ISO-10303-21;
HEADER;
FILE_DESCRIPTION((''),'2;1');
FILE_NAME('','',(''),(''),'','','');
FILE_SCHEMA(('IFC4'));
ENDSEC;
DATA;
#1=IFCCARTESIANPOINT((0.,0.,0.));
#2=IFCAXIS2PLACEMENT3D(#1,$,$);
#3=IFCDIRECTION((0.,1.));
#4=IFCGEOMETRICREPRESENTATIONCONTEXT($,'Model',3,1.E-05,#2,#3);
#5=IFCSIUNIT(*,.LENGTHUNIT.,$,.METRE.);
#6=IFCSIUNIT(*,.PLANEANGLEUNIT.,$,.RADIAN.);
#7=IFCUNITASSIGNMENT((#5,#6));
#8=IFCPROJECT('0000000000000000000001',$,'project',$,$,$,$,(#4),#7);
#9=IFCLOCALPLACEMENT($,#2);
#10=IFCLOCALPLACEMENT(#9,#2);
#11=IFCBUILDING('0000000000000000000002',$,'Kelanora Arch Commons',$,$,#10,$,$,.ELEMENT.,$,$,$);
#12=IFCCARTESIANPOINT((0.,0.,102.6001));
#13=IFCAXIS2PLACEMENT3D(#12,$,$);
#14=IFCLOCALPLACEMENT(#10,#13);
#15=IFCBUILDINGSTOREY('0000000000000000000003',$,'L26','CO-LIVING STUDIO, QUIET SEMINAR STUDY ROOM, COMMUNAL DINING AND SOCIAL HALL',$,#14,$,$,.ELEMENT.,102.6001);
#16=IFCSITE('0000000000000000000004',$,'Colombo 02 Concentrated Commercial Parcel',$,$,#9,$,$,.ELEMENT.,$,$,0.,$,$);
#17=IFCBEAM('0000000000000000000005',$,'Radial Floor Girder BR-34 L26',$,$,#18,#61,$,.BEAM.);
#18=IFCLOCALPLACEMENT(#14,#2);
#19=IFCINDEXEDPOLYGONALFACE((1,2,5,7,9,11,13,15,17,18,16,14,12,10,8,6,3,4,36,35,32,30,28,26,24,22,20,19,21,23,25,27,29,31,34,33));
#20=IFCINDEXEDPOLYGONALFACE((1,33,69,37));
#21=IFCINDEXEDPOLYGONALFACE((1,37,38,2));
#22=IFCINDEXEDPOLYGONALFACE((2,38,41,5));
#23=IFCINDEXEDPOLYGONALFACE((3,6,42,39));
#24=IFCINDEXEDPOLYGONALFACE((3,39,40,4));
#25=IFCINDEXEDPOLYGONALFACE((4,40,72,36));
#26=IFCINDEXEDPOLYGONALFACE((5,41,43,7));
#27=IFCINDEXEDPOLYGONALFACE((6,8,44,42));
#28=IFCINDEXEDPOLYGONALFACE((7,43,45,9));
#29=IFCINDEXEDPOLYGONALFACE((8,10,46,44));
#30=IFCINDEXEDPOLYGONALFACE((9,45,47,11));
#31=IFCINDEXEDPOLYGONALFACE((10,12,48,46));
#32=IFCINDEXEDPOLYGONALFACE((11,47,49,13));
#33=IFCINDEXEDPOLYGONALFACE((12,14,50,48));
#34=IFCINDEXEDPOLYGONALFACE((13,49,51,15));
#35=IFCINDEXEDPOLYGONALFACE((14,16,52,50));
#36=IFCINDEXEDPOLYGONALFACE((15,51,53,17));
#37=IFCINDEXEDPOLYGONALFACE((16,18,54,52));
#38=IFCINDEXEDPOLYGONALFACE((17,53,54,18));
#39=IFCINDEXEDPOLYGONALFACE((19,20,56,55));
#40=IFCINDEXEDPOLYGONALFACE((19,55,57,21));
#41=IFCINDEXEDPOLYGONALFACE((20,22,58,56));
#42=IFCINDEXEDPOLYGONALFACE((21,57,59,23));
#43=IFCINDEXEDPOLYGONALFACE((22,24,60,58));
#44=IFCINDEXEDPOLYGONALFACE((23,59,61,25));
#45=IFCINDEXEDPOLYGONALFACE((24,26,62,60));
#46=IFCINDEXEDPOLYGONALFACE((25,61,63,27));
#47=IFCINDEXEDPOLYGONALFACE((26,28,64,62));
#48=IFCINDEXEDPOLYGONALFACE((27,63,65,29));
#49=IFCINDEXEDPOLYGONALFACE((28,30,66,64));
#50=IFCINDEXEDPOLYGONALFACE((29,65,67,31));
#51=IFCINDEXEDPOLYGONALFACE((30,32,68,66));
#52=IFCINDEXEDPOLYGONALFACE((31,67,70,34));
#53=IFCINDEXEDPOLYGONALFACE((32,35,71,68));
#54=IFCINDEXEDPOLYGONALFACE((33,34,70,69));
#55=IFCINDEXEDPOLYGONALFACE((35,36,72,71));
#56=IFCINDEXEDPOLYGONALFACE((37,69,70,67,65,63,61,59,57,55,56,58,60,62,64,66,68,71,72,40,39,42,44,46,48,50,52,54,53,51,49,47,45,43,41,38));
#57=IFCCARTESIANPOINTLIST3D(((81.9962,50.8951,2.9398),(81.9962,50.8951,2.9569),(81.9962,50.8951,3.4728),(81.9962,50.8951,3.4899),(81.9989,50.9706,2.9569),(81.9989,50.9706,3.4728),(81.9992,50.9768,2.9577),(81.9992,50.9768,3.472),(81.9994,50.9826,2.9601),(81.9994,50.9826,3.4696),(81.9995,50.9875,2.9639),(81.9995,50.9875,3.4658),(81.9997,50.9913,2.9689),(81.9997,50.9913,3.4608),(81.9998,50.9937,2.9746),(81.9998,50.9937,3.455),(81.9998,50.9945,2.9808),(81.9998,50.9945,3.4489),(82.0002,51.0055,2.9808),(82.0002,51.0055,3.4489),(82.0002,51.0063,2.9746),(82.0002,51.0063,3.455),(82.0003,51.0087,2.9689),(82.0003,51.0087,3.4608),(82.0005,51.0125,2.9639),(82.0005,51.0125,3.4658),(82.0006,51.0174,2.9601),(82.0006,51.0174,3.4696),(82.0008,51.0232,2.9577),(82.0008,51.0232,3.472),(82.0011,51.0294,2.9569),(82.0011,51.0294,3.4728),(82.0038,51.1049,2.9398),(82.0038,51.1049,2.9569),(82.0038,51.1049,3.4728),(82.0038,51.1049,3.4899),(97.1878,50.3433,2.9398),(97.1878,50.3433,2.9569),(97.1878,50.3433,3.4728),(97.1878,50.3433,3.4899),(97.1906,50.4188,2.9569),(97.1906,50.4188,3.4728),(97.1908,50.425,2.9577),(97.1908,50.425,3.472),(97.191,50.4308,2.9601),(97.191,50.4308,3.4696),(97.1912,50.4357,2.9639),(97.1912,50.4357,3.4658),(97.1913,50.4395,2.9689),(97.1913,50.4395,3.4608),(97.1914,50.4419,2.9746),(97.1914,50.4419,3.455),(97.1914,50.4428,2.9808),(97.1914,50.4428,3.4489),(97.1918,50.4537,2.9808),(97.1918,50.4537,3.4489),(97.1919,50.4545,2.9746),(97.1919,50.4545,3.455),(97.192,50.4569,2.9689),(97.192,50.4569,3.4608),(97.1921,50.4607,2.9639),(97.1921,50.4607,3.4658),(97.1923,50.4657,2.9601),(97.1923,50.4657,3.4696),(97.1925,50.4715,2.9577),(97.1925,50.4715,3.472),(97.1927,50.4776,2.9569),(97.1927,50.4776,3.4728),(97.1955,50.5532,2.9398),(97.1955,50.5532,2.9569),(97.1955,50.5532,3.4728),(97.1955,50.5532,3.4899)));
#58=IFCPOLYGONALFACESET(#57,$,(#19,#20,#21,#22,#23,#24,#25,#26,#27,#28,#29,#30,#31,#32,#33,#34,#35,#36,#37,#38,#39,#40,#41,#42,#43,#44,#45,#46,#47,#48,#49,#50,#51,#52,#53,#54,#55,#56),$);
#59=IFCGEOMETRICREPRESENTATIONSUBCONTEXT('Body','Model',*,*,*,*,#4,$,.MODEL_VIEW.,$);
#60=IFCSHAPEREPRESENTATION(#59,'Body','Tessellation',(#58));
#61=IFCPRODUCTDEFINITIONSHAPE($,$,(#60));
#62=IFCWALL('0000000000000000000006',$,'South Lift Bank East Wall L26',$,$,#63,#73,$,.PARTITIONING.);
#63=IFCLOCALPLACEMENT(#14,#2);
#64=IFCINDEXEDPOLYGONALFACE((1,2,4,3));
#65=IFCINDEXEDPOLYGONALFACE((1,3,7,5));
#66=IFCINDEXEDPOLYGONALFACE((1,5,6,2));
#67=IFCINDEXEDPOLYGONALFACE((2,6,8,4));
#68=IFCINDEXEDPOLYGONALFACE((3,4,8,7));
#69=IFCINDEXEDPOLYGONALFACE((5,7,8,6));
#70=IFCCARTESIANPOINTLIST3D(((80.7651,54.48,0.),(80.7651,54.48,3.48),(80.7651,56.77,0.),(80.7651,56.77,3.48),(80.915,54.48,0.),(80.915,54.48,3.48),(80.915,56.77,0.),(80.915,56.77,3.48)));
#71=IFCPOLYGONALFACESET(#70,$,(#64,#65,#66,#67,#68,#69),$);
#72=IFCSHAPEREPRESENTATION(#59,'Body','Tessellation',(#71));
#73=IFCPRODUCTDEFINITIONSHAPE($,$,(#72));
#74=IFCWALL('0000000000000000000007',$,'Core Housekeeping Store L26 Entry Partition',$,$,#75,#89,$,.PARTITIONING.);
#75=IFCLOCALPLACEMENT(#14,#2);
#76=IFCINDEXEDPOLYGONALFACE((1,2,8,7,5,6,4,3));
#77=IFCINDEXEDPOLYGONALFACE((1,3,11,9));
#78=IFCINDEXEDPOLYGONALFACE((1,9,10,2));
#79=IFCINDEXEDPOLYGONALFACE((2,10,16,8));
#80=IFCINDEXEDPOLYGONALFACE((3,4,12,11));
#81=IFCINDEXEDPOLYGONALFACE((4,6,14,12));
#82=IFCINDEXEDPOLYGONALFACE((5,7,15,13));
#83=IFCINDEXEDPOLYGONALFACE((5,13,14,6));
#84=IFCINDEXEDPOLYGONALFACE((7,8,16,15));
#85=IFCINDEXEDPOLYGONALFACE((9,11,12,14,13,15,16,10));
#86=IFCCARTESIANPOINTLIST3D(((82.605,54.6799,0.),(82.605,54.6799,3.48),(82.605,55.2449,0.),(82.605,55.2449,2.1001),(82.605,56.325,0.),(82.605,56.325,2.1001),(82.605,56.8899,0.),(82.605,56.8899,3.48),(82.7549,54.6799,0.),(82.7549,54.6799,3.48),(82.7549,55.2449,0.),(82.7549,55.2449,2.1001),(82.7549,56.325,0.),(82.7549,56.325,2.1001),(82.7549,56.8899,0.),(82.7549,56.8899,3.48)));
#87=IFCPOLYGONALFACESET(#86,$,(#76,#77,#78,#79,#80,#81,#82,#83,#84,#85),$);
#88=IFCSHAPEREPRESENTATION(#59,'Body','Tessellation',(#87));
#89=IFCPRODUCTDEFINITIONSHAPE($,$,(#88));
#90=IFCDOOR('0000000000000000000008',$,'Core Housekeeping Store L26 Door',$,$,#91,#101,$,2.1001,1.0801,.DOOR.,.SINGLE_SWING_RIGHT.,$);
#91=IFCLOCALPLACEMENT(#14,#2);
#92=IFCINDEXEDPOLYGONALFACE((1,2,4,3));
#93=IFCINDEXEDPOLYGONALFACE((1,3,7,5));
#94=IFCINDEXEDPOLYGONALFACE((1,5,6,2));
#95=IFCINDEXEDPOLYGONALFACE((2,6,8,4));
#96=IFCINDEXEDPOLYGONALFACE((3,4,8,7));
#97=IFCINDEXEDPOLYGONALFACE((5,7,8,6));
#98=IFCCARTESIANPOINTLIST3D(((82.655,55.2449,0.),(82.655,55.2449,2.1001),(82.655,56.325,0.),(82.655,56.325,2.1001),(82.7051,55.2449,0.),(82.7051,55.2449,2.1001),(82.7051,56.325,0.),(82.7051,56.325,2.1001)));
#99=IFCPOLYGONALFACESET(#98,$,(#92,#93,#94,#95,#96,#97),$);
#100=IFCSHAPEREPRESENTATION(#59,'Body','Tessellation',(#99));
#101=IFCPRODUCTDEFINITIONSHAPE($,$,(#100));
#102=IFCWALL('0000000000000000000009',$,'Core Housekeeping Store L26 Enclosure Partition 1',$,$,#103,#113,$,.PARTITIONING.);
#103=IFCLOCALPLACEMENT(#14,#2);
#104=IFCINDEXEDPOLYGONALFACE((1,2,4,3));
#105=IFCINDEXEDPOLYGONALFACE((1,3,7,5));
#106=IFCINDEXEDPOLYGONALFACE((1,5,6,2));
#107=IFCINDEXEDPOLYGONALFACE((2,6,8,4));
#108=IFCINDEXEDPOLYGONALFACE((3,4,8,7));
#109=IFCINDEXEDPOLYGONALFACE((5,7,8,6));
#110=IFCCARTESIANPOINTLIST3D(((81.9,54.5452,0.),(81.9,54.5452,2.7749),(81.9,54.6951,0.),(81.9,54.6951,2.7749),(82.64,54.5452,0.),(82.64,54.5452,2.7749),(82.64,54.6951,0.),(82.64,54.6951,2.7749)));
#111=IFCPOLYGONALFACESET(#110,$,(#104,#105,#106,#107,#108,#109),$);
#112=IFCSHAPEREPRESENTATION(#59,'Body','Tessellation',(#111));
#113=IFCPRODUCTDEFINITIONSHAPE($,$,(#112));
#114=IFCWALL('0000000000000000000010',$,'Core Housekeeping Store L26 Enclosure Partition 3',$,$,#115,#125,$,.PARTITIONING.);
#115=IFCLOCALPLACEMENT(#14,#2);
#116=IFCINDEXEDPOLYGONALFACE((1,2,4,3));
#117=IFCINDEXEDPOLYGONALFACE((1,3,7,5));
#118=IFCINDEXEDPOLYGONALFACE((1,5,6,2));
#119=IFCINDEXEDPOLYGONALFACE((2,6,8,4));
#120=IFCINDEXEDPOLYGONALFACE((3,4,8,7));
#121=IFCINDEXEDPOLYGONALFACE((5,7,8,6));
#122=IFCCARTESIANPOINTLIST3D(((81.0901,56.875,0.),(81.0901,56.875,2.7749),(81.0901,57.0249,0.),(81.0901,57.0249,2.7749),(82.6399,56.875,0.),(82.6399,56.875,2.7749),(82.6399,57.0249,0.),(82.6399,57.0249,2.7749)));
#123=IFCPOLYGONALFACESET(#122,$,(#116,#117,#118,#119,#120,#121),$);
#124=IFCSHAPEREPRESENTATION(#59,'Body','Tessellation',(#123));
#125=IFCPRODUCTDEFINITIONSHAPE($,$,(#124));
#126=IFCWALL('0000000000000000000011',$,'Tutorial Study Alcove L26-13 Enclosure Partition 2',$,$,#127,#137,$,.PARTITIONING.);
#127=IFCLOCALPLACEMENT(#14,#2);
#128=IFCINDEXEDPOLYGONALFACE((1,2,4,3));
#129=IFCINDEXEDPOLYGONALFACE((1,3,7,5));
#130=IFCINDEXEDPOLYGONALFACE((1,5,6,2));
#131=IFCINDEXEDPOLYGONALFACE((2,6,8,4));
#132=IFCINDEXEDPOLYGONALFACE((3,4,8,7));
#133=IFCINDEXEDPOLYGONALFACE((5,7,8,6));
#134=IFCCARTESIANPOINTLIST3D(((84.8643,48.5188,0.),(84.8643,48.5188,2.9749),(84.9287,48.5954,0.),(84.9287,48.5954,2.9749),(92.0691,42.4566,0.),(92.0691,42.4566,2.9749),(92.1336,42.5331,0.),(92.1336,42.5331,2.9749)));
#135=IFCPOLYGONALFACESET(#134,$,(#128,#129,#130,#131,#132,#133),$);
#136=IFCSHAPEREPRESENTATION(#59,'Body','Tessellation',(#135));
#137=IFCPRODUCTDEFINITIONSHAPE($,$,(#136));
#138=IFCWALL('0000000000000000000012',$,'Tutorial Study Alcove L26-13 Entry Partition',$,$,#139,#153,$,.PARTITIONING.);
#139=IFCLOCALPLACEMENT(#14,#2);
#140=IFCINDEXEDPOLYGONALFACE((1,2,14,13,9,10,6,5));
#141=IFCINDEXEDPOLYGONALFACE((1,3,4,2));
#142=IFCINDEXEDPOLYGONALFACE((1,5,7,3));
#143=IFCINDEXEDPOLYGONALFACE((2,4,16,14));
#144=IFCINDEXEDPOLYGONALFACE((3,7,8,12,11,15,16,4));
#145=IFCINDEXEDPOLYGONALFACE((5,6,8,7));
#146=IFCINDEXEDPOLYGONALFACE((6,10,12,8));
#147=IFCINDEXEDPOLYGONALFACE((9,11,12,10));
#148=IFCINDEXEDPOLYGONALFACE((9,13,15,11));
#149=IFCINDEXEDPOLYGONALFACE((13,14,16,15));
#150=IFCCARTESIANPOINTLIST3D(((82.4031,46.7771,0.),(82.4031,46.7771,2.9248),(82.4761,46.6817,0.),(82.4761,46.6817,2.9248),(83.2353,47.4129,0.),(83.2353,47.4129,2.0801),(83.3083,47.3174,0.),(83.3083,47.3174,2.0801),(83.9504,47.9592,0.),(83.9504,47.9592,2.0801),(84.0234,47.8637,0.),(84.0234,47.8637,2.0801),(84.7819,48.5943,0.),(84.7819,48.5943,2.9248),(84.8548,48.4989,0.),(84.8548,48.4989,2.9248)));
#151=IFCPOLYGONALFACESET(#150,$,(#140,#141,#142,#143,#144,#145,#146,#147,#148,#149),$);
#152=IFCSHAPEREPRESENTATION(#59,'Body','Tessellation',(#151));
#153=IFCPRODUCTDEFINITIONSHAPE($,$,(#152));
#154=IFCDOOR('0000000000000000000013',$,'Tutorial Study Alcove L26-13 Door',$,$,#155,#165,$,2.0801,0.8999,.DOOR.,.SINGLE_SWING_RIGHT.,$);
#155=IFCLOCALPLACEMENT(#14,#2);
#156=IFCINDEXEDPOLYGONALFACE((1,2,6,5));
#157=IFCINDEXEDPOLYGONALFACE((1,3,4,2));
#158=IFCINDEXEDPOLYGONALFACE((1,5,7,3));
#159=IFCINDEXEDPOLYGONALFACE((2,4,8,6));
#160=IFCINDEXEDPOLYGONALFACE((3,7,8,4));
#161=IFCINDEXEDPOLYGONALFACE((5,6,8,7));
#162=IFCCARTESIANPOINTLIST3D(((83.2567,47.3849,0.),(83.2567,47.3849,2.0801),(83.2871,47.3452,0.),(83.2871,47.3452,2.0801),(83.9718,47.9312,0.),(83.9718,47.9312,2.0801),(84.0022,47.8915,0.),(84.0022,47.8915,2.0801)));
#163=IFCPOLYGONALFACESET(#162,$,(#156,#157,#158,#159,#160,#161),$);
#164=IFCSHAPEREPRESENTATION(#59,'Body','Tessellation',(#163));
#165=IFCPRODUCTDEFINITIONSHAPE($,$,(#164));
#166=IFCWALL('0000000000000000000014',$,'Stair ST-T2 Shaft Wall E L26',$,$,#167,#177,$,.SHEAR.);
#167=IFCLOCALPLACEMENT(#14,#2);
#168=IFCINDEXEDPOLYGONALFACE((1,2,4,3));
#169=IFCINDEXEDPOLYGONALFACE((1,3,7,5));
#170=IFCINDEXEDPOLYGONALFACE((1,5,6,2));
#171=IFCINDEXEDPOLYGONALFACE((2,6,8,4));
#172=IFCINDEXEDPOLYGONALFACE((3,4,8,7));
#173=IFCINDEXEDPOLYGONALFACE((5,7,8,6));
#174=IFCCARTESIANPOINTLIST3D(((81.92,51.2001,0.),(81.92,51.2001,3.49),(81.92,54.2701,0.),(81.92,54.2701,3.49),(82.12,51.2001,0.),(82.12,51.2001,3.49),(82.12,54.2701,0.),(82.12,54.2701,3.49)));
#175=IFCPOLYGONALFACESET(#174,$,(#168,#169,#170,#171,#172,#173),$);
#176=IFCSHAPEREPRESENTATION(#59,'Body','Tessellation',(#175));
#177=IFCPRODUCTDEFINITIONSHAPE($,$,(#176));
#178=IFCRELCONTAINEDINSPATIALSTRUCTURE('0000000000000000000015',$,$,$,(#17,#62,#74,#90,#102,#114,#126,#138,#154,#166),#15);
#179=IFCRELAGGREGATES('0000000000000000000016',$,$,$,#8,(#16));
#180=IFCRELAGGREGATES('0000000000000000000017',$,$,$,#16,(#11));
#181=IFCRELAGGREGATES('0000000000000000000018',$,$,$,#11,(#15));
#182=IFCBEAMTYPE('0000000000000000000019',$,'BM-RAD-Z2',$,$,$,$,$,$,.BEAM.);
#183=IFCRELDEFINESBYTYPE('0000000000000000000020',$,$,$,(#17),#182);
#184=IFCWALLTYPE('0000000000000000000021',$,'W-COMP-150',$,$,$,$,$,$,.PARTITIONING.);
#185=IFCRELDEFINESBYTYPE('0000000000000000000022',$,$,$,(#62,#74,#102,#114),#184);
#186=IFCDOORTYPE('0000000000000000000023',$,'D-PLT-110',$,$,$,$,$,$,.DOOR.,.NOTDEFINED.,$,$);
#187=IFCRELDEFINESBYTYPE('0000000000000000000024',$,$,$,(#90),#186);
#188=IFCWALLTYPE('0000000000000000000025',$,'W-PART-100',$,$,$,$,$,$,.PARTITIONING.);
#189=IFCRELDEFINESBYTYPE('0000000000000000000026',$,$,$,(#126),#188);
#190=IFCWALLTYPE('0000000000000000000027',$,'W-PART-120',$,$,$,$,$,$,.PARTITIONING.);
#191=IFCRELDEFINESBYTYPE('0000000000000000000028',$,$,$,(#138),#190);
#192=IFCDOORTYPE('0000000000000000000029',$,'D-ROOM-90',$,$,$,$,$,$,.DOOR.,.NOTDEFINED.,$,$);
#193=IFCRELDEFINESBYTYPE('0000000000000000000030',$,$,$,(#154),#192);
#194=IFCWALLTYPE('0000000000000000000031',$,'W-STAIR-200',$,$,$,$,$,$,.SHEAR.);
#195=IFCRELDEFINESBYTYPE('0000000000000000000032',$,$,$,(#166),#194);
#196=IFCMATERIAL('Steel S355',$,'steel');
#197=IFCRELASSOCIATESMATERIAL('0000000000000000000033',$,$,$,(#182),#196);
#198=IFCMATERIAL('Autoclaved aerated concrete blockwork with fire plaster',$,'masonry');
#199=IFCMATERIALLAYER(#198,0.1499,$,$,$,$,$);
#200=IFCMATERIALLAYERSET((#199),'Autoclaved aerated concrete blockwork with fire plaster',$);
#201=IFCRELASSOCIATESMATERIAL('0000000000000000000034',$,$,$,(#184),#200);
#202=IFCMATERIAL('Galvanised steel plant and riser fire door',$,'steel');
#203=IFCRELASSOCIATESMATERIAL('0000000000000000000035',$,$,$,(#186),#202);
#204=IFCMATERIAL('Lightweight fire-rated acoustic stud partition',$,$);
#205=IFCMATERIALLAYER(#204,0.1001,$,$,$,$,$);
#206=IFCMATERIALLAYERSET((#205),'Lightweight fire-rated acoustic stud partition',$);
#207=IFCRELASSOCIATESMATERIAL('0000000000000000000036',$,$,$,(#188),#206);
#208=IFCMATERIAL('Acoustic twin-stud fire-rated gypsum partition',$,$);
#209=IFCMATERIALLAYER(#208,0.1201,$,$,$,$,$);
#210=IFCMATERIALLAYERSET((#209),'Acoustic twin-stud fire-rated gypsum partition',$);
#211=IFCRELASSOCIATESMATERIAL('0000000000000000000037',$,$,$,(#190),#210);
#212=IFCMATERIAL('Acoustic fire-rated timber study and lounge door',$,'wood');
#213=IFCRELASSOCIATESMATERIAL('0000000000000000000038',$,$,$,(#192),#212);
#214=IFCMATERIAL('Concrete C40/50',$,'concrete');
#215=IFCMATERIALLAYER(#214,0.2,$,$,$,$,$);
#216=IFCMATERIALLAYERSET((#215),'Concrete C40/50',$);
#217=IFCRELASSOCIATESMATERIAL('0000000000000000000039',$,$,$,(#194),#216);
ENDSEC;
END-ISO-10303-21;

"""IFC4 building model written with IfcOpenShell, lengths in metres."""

from ifc_helpers import new_model, si_unit, direction, frame, frame_2d, origin, origin_2d, place, context, subcontext, project, spatial, rectangle, i_section, extrude, material, layer, layer_set, material_profile, profile_set, type_object, element, fill, save


model = new_model("IFC4")

# Units and contexts
model_context = context("Model", 3, precision=1e-05, world=origin(), true_north=direction((0.0, 1.0)))
body_context = subcontext(model_context, "Body", "Model", "MODEL_VIEW")
ifc_project = project(units=[si_unit("LENGTHUNIT", "METRE"), si_unit("PLANEANGLEUNIT", "RADIAN")], contexts=[model_context])

# Site, building, storey
site_placement = place(None, origin())
site = spatial("IfcSite", under=ifc_project, at=site_placement, Name="Colombo 02 Concentrated Commercial Parcel", CompositionType="ELEMENT", RefElevation=0.0)
building_placement = place(site_placement, origin())
building = spatial("IfcBuilding", under=site, at=building_placement, Name="Kelanora Arch Commons", CompositionType="ELEMENT")
storey_placement = place(building_placement, frame((0.0, 0.0, 102.6001)))
storey = spatial("IfcBuildingStorey", under=building, at=storey_placement, Name="L26", Description="CO-LIVING STUDIO, QUIET SEMINAR STUDY ROOM, COMMUNAL DINING AND SOCIAL HALL", CompositionType="ELEMENT", Elevation=102.6001)

# Beam
ifc_material_1 = material(Name="Steel S355", Category="steel")
ifc_material_profile_1 = material_profile(ifc_material_1, i_section(OverallWidth=0.21, OverallDepth=0.55, WebThickness=0.011, FlangeThickness=0.0171, FilletRadius=0.0239, at=origin_2d()), Name="IPE550")
ifc_profile_set_1 = profile_set([ifc_material_profile_1], Name="Steel S355")
beam_type_1 = type_object("IfcBeamType", Name="BM-RAD-Z2", PredefinedType="BEAM", material=ifc_profile_set_1)
beam_1_placement = place(storey_placement, frame((82.0, 51.0, 3.2148), z_axis=(0.999341, -0.036296, 0.0), x_axis=(0.036296, 0.999341, 0.0)))
element("IfcBeam", 1, at=beam_1_placement, inside=storey, type_object=beam_type_1, Name="Radial Floor Girder BR-34 L26", PredefinedType="BEAM", context=body_context, shape_type="SweptSolid", body=[
    extrude(i_section(OverallWidth=0.21, OverallDepth=0.55, WebThickness=0.011, FlangeThickness=0.0171, FilletRadius=0.0239, at=origin_2d()), origin(), (0.0, 0.0, 1.0), 15.2017),
])

# Wall
ifc_material_2 = material(Name="Autoclaved aerated concrete blockwork with fire plaster", Category="masonry")
ifc_layer_1 = layer(ifc_material_2, 0.1499)
ifc_layer_set_1 = layer_set([ifc_layer_1], Name="Autoclaved aerated concrete blockwork with fire plaster")
wall_type_1 = type_object("IfcWallType", Name="W-COMP-150", PredefinedType="PARTITIONING", material=ifc_layer_set_1)
wall_1_placement = place(storey_placement, frame((80.8401, 54.48, 0.0), z_axis=(0.0, 0.0, 1.0), x_axis=(0.0, 1.0, 0.0)))
element("IfcWall", 2, at=wall_1_placement, inside=storey, type_object=wall_type_1, Name="South Lift Bank East Wall L26", PredefinedType="PARTITIONING", context=body_context, shape_type="SweptSolid", body=[
    extrude(rectangle(XDim=2.29, YDim=0.1499, at=frame_2d((1.145, 0.0))), origin(), (0.0, 0.0, 1.0), 3.48),
])

# Wall, opening, door
wall_2_placement = place(storey_placement, frame((82.6799, 54.6799, 0.0), z_axis=(0.0, 0.0, 1.0), x_axis=(0.0, 1.0, 0.0)))
wall_2 = element("IfcWall", 3, at=wall_2_placement, inside=storey, type_object=wall_type_1, Name="Core Housekeeping Store L26 Entry Partition", PredefinedType="PARTITIONING", context=body_context, shape_type="SweptSolid", body=[
    extrude(rectangle(XDim=2.21, YDim=0.1499, at=frame_2d((1.105, 0.0))), origin(), (0.0, 0.0, 1.0), 3.48),
])
opening_1_placement = place(wall_2_placement, frame((0.5649, 0.0, 0.0)))
opening_1 = element("IfcOpeningElement", 4, at=opening_1_placement, cuts=wall_2, PredefinedType="OPENING", context=body_context, shape_type="SweptSolid", body=[
    extrude(rectangle(XDim=1.0801, YDim=2.1001, at=frame_2d((0.54, 1.05))), frame((0.0, 0.085, 0.0), z_axis=(0.0, -1.0, 0.0), x_axis=(1.0, 0.0, 0.0)), (0.0, 0.0, 1.0), 0.1699),
])
ifc_material_3 = material(Name="Galvanised steel plant and riser fire door", Category="steel")
door_type_1 = type_object("IfcDoorType", Name="D-PLT-110", OperationType="NOTDEFINED", PredefinedType="DOOR", material=ifc_material_3)
door_1_placement = place(opening_1_placement, origin())
door_1 = element("IfcDoor", 5, at=door_1_placement, inside=storey, type_object=door_type_1, Name="Core Housekeeping Store L26 Door", OperationType="SINGLE_SWING_RIGHT", OverallHeight=2.1001, OverallWidth=1.0801, PredefinedType="DOOR", context=body_context, shape_type="SweptSolid", body=[
    extrude(rectangle(XDim=1.0801, YDim=2.1001, at=frame_2d((0.54, 1.05))), frame((0.0, 0.0249, 0.0), z_axis=(0.0, -1.0, 0.0), x_axis=(1.0, 0.0, 0.0)), (0.0, 0.0, 1.0), 0.05),
])
fill(opening_1, door_1)

# Walls
wall_3_placement = place(storey_placement, frame((81.8999, 54.6201, 0.0), z_axis=(0.0, 0.0, 1.0), x_axis=(1.0, 0.0, 0.0)))
element("IfcWall", 6, at=wall_3_placement, inside=storey, type_object=wall_type_1, Name="Core Housekeeping Store L26 Enclosure Partition 1", PredefinedType="PARTITIONING", context=body_context, shape_type="SweptSolid", body=[
    extrude(rectangle(XDim=0.74, YDim=0.1499, at=frame_2d((0.3701, 0.0))), origin(), (0.0, 0.0, 1.0), 2.7749),
])
wall_4_placement = place(storey_placement, frame((82.6399, 56.95, 0.0), z_axis=(0.0, 0.0, 1.0), x_axis=(-1.0, 0.0, 0.0)))
element("IfcWall", 7, at=wall_4_placement, inside=storey, type_object=wall_type_1, Name="Core Housekeeping Store L26 Enclosure Partition 3", PredefinedType="PARTITIONING", context=body_context, shape_type="SweptSolid", body=[
    extrude(rectangle(XDim=1.5498, YDim=0.1499, at=frame_2d((0.7749, 0.0))), origin(), (0.0, 0.0, 1.0), 2.7749),
])
ifc_material_4 = material(Name="Lightweight fire-rated acoustic stud partition")
ifc_layer_2 = layer(ifc_material_4, 0.1001)
ifc_layer_set_2 = layer_set([ifc_layer_2], Name="Lightweight fire-rated acoustic stud partition")
wall_type_2 = type_object("IfcWallType", Name="W-PART-100", PredefinedType="PARTITIONING", material=ifc_layer_set_2)
wall_5_placement = place(storey_placement, frame((84.8965, 48.5571, 0.0), z_axis=(0.0, 0.0, 1.0), x_axis=(0.765171, -0.643827, 0.0)))
element("IfcWall", 8, at=wall_5_placement, inside=storey, type_object=wall_type_2, Name="Tutorial Study Alcove L26-13 Enclosure Partition 2", PredefinedType="PARTITIONING", context=body_context, shape_type="SweptSolid", body=[
    extrude(rectangle(XDim=9.416, YDim=0.1001, at=frame_2d((4.708, 0.0))), origin(), (0.0, 0.0, 1.0), 2.9749),
])

# Wall, opening, door
ifc_material_5 = material(Name="Acoustic twin-stud fire-rated gypsum partition")
ifc_layer_3 = layer(ifc_material_5, 0.1201)
ifc_layer_set_3 = layer_set([ifc_layer_3], Name="Acoustic twin-stud fire-rated gypsum partition")
wall_type_3 = type_object("IfcWallType", Name="W-PART-120", PredefinedType="PARTITIONING", material=ifc_layer_set_3)
wall_6_placement = place(storey_placement, frame((82.4397, 46.7295, 0.0), z_axis=(0.0, 0.0, 1.0), x_axis=(0.794654, 0.607063, 0.0)))
wall_6 = element("IfcWall", 9, at=wall_6_placement, inside=storey, type_object=wall_type_3, Name="Tutorial Study Alcove L26-13 Entry Partition", PredefinedType="PARTITIONING", context=body_context, shape_type="SweptSolid", body=[
    extrude(rectangle(XDim=2.9934, YDim=0.1201, at=frame_2d((1.4966, 0.0))), origin(), (0.0, 0.0, 1.0), 2.9248),
])
opening_2_placement = place(wall_6_placement, frame((1.0471, 0.0, 0.0)))
opening_2 = element("IfcOpeningElement", 10, at=opening_2_placement, cuts=wall_6, PredefinedType="OPENING", context=body_context, shape_type="SweptSolid", body=[
    extrude(rectangle(XDim=0.8999, YDim=2.0801, at=frame_2d((0.45, 1.04))), frame((0.0, 0.0701, 0.0), z_axis=(0.0, -1.0, 0.0), x_axis=(1.0, 0.0, 0.0)), (0.0, 0.0, 1.0), 0.1401),
])
ifc_material_6 = material(Name="Acoustic fire-rated timber study and lounge door", Category="wood")
door_type_2 = type_object("IfcDoorType", Name="D-ROOM-90", OperationType="NOTDEFINED", PredefinedType="DOOR", material=ifc_material_6)
door_2_placement = place(opening_2_placement, origin())
door_2 = element("IfcDoor", 11, at=door_2_placement, inside=storey, type_object=door_type_2, Name="Tutorial Study Alcove L26-13 Door", OperationType="SINGLE_SWING_RIGHT", OverallHeight=2.0801, OverallWidth=0.8999, PredefinedType="DOOR", context=body_context, shape_type="SweptSolid", body=[
    extrude(rectangle(XDim=0.8999, YDim=2.0801, at=frame_2d((0.45, 1.04))), frame((0.0, 0.0249, 0.0), z_axis=(0.0, -1.0, 0.0), x_axis=(1.0, 0.0, 0.0)), (0.0, 0.0, 1.0), 0.05),
])
fill(opening_2, door_2)

# Wall
ifc_material_7 = material(Name="Concrete C40/50", Category="concrete")
ifc_layer_4 = layer(ifc_material_7, 0.2)
ifc_layer_set_4 = layer_set([ifc_layer_4], Name="Concrete C40/50")
wall_type_4 = type_object("IfcWallType", Name="W-STAIR-200", PredefinedType="SHEAR", material=ifc_layer_set_4)
wall_7_placement = place(storey_placement, frame((82.02, 51.2, 0.0), z_axis=(0.0, 0.0, 1.0), x_axis=(0.0, 1.0, 0.0)))
element("IfcWall", 12, at=wall_7_placement, inside=storey, type_object=wall_type_4, Name="Stair ST-T2 Shaft Wall E L26", PredefinedType="SHEAR", context=body_context, shape_type="SweptSolid", body=[
    extrude(rectangle(XDim=3.0701, YDim=0.2, at=frame_2d((1.5352, 0.0))), origin(), (0.0, 0.0, 1.0), 3.49),
])

save(model, "model.ifc")
